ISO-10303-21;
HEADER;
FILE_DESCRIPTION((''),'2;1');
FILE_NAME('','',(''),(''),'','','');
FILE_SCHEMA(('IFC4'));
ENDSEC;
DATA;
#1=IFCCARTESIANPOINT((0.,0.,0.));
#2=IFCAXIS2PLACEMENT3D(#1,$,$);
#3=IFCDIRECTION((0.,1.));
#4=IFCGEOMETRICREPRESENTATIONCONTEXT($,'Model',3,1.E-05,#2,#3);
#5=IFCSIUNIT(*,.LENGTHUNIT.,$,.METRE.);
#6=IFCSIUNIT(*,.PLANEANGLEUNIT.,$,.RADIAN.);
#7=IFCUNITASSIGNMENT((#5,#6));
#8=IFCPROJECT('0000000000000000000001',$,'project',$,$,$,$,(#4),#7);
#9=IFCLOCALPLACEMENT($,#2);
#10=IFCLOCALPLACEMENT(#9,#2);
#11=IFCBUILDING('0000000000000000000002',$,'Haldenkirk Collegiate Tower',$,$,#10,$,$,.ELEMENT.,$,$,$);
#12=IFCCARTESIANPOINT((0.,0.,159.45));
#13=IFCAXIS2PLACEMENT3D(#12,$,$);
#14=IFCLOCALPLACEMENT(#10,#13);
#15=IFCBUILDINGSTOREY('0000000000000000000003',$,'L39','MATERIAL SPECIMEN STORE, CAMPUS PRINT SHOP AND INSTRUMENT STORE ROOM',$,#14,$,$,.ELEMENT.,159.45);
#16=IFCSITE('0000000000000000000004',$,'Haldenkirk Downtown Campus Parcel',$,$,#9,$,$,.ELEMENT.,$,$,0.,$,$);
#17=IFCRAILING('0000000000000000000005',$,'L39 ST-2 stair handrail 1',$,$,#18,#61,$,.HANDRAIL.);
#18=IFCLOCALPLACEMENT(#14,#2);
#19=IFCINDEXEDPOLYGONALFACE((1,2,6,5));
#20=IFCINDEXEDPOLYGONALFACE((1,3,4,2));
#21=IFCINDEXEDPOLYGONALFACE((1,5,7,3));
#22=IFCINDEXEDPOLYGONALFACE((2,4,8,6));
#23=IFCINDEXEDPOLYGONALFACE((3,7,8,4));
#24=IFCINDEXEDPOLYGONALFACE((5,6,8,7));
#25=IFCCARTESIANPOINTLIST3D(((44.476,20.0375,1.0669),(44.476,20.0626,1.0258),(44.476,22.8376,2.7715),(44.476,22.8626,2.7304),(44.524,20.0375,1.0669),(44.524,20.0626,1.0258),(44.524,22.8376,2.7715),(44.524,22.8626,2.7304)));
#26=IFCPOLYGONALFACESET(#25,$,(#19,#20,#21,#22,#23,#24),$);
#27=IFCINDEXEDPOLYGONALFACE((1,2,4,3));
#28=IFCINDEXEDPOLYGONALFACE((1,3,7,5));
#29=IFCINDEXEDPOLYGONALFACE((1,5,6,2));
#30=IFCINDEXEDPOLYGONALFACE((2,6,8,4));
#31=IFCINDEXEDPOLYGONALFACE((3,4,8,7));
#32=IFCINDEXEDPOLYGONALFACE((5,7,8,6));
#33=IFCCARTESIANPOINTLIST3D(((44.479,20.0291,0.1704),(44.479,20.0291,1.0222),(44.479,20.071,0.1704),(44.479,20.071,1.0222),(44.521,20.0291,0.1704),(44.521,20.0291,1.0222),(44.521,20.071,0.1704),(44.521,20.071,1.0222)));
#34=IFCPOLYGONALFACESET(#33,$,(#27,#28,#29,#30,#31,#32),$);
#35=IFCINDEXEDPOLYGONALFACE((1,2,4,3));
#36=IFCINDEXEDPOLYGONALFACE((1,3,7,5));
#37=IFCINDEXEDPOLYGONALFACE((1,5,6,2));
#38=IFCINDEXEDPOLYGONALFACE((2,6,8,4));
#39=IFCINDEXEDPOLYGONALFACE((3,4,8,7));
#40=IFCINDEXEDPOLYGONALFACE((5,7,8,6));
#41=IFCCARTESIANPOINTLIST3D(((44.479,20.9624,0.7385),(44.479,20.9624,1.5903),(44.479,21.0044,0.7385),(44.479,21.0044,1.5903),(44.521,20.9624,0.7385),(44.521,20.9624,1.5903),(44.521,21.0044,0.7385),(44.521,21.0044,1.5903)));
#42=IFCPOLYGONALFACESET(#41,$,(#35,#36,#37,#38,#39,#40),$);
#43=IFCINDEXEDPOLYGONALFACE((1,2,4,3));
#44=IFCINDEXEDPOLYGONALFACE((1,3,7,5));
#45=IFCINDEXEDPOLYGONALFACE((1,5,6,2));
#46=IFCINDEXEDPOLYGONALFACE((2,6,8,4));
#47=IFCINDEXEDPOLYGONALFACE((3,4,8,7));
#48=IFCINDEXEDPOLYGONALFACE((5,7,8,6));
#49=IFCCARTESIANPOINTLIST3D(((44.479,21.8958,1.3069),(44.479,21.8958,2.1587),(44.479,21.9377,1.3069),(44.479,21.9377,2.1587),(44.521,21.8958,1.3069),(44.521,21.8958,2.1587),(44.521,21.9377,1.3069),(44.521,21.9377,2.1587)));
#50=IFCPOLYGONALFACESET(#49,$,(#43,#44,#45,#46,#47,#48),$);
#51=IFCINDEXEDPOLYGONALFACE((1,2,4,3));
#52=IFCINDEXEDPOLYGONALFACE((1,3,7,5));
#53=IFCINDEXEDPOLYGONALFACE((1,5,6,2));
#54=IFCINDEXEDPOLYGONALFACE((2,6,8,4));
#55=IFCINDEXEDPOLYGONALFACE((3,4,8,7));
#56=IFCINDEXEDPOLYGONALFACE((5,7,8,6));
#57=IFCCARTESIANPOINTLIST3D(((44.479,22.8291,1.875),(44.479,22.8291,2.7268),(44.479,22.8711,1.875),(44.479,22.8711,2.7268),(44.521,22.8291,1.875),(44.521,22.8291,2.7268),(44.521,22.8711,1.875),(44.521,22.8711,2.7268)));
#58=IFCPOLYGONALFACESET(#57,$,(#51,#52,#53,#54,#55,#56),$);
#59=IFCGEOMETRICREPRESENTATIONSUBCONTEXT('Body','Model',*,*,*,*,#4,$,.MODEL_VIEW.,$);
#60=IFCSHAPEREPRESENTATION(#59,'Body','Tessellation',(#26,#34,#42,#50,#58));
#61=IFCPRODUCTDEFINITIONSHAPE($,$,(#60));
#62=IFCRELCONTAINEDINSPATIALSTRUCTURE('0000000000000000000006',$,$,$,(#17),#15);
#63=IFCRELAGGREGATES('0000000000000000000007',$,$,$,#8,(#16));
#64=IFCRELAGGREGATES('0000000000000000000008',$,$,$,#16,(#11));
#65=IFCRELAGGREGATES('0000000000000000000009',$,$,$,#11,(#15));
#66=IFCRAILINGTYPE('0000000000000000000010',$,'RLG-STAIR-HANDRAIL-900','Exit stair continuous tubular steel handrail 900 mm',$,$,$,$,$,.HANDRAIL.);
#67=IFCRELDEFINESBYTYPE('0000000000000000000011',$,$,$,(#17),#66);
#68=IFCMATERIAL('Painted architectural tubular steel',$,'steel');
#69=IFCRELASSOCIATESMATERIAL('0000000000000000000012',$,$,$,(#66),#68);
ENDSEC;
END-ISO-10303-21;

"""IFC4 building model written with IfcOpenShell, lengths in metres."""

from ifc_helpers import new_model, si_unit, direction, frame, origin, origin_2d, place, context, subcontext, project, spatial, rectangle, extrude, material, type_object, element, save


model = new_model("IFC4")

# Units and contexts
model_context = context("Model", 3, precision=1e-05, world=origin(), true_north=direction((0.0, 1.0)))
body_context = subcontext(model_context, "Body", "Model", "MODEL_VIEW")
ifc_project = project(units=[si_unit("LENGTHUNIT", "METRE"), si_unit("PLANEANGLEUNIT", "RADIAN")], contexts=[model_context])

# Site, building, storey
site_placement = place(None, origin())
site = spatial("IfcSite", under=ifc_project, at=site_placement, Name="Haldenkirk Downtown Campus Parcel", CompositionType="ELEMENT", RefElevation=0.0)
building_placement = place(site_placement, origin())
building = spatial("IfcBuilding", under=site, at=building_placement, Name="Haldenkirk Collegiate Tower", CompositionType="ELEMENT")
storey_placement = place(building_placement, frame((0.0, 0.0, 159.45)))
storey = spatial("IfcBuildingStorey", under=building, at=storey_placement, Name="L39", Description="MATERIAL SPECIMEN STORE, CAMPUS PRINT SHOP AND INSTRUMENT STORE ROOM", CompositionType="ELEMENT", Elevation=159.45)

# Railing
ifc_material_1 = material(Name="Painted architectural tubular steel", Category="steel")
railing_type = type_object("IfcRailingType", Name="RLG-STAIR-HANDRAIL-900", Description="Exit stair continuous tubular steel handrail 900 mm", PredefinedType="HANDRAIL", material=ifc_material_1)
railing_placement = place(storey_placement, frame((44.5, 20.05, 0.1704)))
element("IfcRailing", 1, at=railing_placement, inside=storey, type_object=railing_type, Name="L39 ST-2 stair handrail 1", PredefinedType="HANDRAIL", context=body_context, shape_type="SweptSolid", body=[
    extrude(rectangle(XDim=0.0481, YDim=0.0481, at=origin_2d()), frame((0.0, 0.0, 0.876), z_axis=(0.0, 0.85417, 0.519994), x_axis=(-1.0, 0.0, 0.0)), (0.0, 0.0, 1.0), 3.2781),
    extrude(rectangle(XDim=0.042, YDim=0.042, at=origin_2d()), origin(), (0.0, 0.0, 1.0), 0.8518),
    extrude(rectangle(XDim=0.042, YDim=0.042, at=origin_2d()), frame((0.0, 0.9333, 0.5681)), (0.0, 0.0, 1.0), 0.8518),
    extrude(rectangle(XDim=0.042, YDim=0.042, at=origin_2d()), frame((0.0, 1.8667, 1.1365)), (0.0, 0.0, 1.0), 0.8518),
    extrude(rectangle(XDim=0.042, YDim=0.042, at=origin_2d()), frame((0.0, 2.8, 1.7046)), (0.0, 0.0, 1.0), 0.8518),
])

save(model, "model.ifc")
